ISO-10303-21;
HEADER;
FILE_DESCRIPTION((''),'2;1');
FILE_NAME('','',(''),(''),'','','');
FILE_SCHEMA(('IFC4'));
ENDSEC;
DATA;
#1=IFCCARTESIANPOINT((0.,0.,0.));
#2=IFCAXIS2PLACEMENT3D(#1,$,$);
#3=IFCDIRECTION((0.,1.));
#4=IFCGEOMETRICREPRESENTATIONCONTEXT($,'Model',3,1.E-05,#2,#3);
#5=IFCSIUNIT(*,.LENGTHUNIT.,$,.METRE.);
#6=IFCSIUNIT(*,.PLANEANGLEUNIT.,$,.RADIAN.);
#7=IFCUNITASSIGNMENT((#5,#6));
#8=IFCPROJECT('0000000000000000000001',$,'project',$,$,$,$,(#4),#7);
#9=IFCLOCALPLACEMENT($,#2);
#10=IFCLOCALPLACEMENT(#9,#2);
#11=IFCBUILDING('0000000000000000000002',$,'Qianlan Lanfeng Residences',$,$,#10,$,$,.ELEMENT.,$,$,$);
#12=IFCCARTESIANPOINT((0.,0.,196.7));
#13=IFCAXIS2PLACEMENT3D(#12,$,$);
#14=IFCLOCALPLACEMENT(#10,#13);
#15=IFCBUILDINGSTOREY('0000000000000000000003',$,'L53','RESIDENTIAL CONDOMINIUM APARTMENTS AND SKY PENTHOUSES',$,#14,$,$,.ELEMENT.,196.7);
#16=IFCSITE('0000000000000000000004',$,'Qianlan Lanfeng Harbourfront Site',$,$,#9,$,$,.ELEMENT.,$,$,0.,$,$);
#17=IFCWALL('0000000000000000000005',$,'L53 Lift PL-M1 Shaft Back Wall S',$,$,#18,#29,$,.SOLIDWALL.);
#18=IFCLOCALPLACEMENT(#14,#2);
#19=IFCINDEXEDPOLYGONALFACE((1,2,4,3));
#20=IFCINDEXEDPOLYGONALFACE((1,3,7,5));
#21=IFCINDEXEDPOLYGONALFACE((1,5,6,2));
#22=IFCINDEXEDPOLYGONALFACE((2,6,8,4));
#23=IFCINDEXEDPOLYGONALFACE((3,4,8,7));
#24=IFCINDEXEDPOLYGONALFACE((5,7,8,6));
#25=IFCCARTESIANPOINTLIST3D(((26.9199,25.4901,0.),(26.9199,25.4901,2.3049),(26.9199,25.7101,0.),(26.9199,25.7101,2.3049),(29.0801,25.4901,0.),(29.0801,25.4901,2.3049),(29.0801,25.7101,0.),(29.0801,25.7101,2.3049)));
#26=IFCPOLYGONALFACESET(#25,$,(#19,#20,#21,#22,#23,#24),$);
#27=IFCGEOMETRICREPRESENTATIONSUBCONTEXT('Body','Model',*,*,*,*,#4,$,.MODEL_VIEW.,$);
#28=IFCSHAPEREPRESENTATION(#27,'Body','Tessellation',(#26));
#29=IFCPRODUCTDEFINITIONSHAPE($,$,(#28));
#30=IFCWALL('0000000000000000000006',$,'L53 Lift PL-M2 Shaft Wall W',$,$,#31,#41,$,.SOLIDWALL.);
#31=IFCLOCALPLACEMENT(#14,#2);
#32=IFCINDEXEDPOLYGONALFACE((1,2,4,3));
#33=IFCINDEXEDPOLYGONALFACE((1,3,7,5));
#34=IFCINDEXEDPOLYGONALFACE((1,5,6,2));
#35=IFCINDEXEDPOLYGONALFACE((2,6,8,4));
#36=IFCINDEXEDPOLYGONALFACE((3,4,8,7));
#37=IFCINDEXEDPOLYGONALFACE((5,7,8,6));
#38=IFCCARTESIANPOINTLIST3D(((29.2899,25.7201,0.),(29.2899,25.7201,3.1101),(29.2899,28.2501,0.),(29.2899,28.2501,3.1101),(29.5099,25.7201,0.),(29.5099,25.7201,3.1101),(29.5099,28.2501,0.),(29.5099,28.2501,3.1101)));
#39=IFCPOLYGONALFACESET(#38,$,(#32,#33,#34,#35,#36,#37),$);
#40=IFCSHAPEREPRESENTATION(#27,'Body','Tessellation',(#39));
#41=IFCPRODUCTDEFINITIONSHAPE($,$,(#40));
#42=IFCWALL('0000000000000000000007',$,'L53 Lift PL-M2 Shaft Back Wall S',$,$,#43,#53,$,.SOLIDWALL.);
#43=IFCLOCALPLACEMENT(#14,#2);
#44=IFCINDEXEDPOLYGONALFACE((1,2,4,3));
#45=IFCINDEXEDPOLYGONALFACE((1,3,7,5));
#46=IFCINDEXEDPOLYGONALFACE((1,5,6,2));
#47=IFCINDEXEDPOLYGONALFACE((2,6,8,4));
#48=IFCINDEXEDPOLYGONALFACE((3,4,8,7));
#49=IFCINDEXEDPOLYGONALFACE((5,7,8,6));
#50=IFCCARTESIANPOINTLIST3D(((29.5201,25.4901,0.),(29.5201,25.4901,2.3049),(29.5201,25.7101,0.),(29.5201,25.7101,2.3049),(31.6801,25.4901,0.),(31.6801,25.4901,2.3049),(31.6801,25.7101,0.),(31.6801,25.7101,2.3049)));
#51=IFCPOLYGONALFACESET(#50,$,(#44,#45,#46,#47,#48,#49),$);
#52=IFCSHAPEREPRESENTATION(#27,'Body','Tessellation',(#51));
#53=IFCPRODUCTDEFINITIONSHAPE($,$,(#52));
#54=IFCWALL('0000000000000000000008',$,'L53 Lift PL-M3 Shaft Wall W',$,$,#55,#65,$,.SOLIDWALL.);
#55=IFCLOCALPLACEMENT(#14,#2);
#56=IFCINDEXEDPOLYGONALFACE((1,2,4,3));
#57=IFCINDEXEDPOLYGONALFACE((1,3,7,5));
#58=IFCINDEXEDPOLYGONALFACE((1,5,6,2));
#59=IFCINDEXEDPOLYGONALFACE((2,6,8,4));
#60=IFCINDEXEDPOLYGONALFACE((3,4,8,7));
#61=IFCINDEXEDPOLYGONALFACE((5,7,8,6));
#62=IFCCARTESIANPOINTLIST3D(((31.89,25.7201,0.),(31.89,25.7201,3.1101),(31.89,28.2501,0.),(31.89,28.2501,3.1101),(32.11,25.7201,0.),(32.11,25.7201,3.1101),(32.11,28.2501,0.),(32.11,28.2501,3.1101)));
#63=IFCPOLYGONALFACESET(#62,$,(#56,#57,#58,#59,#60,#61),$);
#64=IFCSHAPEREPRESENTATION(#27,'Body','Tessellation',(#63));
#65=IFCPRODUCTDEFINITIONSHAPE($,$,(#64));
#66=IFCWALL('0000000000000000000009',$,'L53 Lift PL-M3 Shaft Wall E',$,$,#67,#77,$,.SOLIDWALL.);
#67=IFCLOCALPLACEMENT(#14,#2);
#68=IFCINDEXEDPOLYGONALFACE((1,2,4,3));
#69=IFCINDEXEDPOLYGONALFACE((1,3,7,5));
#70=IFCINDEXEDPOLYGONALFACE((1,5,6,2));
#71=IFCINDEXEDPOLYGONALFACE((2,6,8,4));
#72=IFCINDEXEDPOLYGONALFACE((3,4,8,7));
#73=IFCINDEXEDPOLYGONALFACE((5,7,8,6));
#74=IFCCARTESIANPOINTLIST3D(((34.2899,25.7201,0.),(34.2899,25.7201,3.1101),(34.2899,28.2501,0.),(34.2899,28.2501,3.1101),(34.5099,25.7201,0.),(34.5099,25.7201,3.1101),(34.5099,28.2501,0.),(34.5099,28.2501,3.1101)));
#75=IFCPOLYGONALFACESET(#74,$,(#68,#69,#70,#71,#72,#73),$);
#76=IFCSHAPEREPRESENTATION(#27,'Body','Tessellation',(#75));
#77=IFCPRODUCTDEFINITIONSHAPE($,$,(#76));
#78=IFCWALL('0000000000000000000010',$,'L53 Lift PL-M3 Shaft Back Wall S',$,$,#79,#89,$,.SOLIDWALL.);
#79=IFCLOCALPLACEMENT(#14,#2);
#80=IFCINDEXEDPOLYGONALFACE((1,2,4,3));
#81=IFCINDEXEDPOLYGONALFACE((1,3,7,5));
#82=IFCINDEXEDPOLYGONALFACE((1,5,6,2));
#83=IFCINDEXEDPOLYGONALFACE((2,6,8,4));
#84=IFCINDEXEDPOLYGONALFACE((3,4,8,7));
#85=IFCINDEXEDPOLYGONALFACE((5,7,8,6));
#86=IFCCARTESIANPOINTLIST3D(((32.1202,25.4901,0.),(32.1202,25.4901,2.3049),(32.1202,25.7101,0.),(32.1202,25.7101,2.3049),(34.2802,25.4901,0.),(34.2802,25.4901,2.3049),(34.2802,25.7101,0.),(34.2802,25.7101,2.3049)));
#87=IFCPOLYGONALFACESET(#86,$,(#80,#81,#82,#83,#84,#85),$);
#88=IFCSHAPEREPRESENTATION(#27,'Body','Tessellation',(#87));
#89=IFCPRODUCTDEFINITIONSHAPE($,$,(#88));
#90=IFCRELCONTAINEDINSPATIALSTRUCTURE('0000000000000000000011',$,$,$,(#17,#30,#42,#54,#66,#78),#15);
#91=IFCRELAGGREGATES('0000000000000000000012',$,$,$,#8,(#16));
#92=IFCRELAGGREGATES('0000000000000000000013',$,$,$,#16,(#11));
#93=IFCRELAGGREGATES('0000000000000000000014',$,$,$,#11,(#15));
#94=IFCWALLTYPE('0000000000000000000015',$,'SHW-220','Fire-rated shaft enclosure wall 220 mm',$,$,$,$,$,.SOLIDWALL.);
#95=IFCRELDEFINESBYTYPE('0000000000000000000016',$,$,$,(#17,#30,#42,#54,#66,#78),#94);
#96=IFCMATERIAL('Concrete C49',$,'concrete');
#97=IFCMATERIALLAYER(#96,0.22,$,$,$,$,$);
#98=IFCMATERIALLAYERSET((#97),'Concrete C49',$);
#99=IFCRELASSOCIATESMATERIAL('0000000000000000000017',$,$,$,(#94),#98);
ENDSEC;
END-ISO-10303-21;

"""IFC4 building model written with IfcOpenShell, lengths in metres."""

from ifc_helpers import new_model, si_unit, direction, frame, frame_2d, origin, place, context, subcontext, project, spatial, rectangle, extrude, material, layer, layer_set, type_object, element, save


model = new_model("IFC4")

# Units and contexts
model_context = context("Model", 3, precision=1e-05, world=origin(), true_north=direction((0.0, 1.0)))
body_context = subcontext(model_context, "Body", "Model", "MODEL_VIEW")
ifc_project = project(units=[si_unit("LENGTHUNIT", "METRE"), si_unit("PLANEANGLEUNIT", "RADIAN")], contexts=[model_context])

# Site, building, storey
site_placement = place(None, origin())
site = spatial("IfcSite", under=ifc_project, at=site_placement, Name="Qianlan Lanfeng Harbourfront Site", CompositionType="ELEMENT", RefElevation=0.0)
building_placement = place(site_placement, origin())
building = spatial("IfcBuilding", under=site, at=building_placement, Name="Qianlan Lanfeng Residences", CompositionType="ELEMENT")
storey_placement = place(building_placement, frame((0.0, 0.0, 196.7)))
storey = spatial("IfcBuildingStorey", under=building, at=storey_placement, Name="L53", Description="RESIDENTIAL CONDOMINIUM APARTMENTS AND SKY PENTHOUSES", CompositionType="ELEMENT", Elevation=196.7)

# Shared definitions
ifc_material_1 = material(Name="Concrete C49", Category="concrete")

# Walls
ifc_layer_1 = layer(ifc_material_1, 0.22)
ifc_layer_set_1 = layer_set([ifc_layer_1], Name="Concrete C49")
wall_type_1 = type_object("IfcWallType", Name="SHW-220", Description="Fire-rated shaft enclosure wall 220 mm", PredefinedType="SOLIDWALL", material=ifc_layer_set_1)
wall_1_placement = place(storey_placement, frame((26.9199, 25.6001, 0.0), z_axis=(0.0, 0.0, 1.0), x_axis=(1.0, 0.0, 0.0)))
element("IfcWall", 1, at=wall_1_placement, inside=storey, type_object=wall_type_1, Name="L53 Lift PL-M1 Shaft Back Wall S", PredefinedType="SOLIDWALL", context=body_context, shape_type="SweptSolid", body=[
    extrude(rectangle(XDim=2.1602, YDim=0.22, at=frame_2d((1.0801, 0.0))), origin(), (0.0, 0.0, 1.0), 2.3049),
])
wall_2_placement = place(storey_placement, frame((29.3999, 25.72, 0.0), z_axis=(0.0, 0.0, 1.0), x_axis=(0.0, 1.0, 0.0)))
element("IfcWall", 2, at=wall_2_placement, inside=storey, type_object=wall_type_1, Name="L53 Lift PL-M2 Shaft Wall W", PredefinedType="SOLIDWALL", context=body_context, shape_type="SweptSolid", body=[
    extrude(rectangle(XDim=2.53, YDim=0.22, at=frame_2d((1.2651, 0.0))), origin(), (0.0, 0.0, 1.0), 3.1101),
])
wall_3_placement = place(storey_placement, frame((29.52, 25.6001, 0.0), z_axis=(0.0, 0.0, 1.0), x_axis=(1.0, 0.0, 0.0)))
element("IfcWall", 3, at=wall_3_placement, inside=storey, type_object=wall_type_1, Name="L53 Lift PL-M2 Shaft Back Wall S", PredefinedType="SOLIDWALL", context=body_context, shape_type="SweptSolid", body=[
    extrude(rectangle(XDim=2.1599, YDim=0.22, at=frame_2d((1.0801, 0.0))), origin(), (0.0, 0.0, 1.0), 2.3049),
])
for number, where, z_axis, x_axis, name in (
    (4, (32.0, 25.72, 0.0), (0.0, 0.0, 1.0), (0.0, 1.0, 0.0), "L53 Lift PL-M3 Shaft Wall W"),
    (5, (34.3999, 25.72, 0.0), (0.0, 0.0, 1.0), (0.0, 1.0, 0.0), "L53 Lift PL-M3 Shaft Wall E"),
):
    element("IfcWall", number, at=place(storey_placement, frame(where, z_axis=z_axis, x_axis=x_axis)), inside=storey, type_object=wall_type_1, Name=name, PredefinedType="SOLIDWALL", context=body_context, shape_type="SweptSolid", body=[
        extrude(rectangle(XDim=2.53, YDim=0.22, at=frame_2d((1.2651, 0.0))), origin(), (0.0, 0.0, 1.0), 3.1101),
    ])
wall_4_placement = place(storey_placement, frame((32.1201, 25.6001, 0.0), z_axis=(0.0, 0.0, 1.0), x_axis=(1.0, 0.0, 0.0)))
element("IfcWall", 6, at=wall_4_placement, inside=storey, type_object=wall_type_1, Name="L53 Lift PL-M3 Shaft Back Wall S", PredefinedType="SOLIDWALL", context=body_context, shape_type="SweptSolid", body=[
    extrude(rectangle(XDim=2.1599, YDim=0.22, at=frame_2d((1.0801, 0.0))), origin(), (0.0, 0.0, 1.0), 2.3049),
])

save(model, "model.ifc")
